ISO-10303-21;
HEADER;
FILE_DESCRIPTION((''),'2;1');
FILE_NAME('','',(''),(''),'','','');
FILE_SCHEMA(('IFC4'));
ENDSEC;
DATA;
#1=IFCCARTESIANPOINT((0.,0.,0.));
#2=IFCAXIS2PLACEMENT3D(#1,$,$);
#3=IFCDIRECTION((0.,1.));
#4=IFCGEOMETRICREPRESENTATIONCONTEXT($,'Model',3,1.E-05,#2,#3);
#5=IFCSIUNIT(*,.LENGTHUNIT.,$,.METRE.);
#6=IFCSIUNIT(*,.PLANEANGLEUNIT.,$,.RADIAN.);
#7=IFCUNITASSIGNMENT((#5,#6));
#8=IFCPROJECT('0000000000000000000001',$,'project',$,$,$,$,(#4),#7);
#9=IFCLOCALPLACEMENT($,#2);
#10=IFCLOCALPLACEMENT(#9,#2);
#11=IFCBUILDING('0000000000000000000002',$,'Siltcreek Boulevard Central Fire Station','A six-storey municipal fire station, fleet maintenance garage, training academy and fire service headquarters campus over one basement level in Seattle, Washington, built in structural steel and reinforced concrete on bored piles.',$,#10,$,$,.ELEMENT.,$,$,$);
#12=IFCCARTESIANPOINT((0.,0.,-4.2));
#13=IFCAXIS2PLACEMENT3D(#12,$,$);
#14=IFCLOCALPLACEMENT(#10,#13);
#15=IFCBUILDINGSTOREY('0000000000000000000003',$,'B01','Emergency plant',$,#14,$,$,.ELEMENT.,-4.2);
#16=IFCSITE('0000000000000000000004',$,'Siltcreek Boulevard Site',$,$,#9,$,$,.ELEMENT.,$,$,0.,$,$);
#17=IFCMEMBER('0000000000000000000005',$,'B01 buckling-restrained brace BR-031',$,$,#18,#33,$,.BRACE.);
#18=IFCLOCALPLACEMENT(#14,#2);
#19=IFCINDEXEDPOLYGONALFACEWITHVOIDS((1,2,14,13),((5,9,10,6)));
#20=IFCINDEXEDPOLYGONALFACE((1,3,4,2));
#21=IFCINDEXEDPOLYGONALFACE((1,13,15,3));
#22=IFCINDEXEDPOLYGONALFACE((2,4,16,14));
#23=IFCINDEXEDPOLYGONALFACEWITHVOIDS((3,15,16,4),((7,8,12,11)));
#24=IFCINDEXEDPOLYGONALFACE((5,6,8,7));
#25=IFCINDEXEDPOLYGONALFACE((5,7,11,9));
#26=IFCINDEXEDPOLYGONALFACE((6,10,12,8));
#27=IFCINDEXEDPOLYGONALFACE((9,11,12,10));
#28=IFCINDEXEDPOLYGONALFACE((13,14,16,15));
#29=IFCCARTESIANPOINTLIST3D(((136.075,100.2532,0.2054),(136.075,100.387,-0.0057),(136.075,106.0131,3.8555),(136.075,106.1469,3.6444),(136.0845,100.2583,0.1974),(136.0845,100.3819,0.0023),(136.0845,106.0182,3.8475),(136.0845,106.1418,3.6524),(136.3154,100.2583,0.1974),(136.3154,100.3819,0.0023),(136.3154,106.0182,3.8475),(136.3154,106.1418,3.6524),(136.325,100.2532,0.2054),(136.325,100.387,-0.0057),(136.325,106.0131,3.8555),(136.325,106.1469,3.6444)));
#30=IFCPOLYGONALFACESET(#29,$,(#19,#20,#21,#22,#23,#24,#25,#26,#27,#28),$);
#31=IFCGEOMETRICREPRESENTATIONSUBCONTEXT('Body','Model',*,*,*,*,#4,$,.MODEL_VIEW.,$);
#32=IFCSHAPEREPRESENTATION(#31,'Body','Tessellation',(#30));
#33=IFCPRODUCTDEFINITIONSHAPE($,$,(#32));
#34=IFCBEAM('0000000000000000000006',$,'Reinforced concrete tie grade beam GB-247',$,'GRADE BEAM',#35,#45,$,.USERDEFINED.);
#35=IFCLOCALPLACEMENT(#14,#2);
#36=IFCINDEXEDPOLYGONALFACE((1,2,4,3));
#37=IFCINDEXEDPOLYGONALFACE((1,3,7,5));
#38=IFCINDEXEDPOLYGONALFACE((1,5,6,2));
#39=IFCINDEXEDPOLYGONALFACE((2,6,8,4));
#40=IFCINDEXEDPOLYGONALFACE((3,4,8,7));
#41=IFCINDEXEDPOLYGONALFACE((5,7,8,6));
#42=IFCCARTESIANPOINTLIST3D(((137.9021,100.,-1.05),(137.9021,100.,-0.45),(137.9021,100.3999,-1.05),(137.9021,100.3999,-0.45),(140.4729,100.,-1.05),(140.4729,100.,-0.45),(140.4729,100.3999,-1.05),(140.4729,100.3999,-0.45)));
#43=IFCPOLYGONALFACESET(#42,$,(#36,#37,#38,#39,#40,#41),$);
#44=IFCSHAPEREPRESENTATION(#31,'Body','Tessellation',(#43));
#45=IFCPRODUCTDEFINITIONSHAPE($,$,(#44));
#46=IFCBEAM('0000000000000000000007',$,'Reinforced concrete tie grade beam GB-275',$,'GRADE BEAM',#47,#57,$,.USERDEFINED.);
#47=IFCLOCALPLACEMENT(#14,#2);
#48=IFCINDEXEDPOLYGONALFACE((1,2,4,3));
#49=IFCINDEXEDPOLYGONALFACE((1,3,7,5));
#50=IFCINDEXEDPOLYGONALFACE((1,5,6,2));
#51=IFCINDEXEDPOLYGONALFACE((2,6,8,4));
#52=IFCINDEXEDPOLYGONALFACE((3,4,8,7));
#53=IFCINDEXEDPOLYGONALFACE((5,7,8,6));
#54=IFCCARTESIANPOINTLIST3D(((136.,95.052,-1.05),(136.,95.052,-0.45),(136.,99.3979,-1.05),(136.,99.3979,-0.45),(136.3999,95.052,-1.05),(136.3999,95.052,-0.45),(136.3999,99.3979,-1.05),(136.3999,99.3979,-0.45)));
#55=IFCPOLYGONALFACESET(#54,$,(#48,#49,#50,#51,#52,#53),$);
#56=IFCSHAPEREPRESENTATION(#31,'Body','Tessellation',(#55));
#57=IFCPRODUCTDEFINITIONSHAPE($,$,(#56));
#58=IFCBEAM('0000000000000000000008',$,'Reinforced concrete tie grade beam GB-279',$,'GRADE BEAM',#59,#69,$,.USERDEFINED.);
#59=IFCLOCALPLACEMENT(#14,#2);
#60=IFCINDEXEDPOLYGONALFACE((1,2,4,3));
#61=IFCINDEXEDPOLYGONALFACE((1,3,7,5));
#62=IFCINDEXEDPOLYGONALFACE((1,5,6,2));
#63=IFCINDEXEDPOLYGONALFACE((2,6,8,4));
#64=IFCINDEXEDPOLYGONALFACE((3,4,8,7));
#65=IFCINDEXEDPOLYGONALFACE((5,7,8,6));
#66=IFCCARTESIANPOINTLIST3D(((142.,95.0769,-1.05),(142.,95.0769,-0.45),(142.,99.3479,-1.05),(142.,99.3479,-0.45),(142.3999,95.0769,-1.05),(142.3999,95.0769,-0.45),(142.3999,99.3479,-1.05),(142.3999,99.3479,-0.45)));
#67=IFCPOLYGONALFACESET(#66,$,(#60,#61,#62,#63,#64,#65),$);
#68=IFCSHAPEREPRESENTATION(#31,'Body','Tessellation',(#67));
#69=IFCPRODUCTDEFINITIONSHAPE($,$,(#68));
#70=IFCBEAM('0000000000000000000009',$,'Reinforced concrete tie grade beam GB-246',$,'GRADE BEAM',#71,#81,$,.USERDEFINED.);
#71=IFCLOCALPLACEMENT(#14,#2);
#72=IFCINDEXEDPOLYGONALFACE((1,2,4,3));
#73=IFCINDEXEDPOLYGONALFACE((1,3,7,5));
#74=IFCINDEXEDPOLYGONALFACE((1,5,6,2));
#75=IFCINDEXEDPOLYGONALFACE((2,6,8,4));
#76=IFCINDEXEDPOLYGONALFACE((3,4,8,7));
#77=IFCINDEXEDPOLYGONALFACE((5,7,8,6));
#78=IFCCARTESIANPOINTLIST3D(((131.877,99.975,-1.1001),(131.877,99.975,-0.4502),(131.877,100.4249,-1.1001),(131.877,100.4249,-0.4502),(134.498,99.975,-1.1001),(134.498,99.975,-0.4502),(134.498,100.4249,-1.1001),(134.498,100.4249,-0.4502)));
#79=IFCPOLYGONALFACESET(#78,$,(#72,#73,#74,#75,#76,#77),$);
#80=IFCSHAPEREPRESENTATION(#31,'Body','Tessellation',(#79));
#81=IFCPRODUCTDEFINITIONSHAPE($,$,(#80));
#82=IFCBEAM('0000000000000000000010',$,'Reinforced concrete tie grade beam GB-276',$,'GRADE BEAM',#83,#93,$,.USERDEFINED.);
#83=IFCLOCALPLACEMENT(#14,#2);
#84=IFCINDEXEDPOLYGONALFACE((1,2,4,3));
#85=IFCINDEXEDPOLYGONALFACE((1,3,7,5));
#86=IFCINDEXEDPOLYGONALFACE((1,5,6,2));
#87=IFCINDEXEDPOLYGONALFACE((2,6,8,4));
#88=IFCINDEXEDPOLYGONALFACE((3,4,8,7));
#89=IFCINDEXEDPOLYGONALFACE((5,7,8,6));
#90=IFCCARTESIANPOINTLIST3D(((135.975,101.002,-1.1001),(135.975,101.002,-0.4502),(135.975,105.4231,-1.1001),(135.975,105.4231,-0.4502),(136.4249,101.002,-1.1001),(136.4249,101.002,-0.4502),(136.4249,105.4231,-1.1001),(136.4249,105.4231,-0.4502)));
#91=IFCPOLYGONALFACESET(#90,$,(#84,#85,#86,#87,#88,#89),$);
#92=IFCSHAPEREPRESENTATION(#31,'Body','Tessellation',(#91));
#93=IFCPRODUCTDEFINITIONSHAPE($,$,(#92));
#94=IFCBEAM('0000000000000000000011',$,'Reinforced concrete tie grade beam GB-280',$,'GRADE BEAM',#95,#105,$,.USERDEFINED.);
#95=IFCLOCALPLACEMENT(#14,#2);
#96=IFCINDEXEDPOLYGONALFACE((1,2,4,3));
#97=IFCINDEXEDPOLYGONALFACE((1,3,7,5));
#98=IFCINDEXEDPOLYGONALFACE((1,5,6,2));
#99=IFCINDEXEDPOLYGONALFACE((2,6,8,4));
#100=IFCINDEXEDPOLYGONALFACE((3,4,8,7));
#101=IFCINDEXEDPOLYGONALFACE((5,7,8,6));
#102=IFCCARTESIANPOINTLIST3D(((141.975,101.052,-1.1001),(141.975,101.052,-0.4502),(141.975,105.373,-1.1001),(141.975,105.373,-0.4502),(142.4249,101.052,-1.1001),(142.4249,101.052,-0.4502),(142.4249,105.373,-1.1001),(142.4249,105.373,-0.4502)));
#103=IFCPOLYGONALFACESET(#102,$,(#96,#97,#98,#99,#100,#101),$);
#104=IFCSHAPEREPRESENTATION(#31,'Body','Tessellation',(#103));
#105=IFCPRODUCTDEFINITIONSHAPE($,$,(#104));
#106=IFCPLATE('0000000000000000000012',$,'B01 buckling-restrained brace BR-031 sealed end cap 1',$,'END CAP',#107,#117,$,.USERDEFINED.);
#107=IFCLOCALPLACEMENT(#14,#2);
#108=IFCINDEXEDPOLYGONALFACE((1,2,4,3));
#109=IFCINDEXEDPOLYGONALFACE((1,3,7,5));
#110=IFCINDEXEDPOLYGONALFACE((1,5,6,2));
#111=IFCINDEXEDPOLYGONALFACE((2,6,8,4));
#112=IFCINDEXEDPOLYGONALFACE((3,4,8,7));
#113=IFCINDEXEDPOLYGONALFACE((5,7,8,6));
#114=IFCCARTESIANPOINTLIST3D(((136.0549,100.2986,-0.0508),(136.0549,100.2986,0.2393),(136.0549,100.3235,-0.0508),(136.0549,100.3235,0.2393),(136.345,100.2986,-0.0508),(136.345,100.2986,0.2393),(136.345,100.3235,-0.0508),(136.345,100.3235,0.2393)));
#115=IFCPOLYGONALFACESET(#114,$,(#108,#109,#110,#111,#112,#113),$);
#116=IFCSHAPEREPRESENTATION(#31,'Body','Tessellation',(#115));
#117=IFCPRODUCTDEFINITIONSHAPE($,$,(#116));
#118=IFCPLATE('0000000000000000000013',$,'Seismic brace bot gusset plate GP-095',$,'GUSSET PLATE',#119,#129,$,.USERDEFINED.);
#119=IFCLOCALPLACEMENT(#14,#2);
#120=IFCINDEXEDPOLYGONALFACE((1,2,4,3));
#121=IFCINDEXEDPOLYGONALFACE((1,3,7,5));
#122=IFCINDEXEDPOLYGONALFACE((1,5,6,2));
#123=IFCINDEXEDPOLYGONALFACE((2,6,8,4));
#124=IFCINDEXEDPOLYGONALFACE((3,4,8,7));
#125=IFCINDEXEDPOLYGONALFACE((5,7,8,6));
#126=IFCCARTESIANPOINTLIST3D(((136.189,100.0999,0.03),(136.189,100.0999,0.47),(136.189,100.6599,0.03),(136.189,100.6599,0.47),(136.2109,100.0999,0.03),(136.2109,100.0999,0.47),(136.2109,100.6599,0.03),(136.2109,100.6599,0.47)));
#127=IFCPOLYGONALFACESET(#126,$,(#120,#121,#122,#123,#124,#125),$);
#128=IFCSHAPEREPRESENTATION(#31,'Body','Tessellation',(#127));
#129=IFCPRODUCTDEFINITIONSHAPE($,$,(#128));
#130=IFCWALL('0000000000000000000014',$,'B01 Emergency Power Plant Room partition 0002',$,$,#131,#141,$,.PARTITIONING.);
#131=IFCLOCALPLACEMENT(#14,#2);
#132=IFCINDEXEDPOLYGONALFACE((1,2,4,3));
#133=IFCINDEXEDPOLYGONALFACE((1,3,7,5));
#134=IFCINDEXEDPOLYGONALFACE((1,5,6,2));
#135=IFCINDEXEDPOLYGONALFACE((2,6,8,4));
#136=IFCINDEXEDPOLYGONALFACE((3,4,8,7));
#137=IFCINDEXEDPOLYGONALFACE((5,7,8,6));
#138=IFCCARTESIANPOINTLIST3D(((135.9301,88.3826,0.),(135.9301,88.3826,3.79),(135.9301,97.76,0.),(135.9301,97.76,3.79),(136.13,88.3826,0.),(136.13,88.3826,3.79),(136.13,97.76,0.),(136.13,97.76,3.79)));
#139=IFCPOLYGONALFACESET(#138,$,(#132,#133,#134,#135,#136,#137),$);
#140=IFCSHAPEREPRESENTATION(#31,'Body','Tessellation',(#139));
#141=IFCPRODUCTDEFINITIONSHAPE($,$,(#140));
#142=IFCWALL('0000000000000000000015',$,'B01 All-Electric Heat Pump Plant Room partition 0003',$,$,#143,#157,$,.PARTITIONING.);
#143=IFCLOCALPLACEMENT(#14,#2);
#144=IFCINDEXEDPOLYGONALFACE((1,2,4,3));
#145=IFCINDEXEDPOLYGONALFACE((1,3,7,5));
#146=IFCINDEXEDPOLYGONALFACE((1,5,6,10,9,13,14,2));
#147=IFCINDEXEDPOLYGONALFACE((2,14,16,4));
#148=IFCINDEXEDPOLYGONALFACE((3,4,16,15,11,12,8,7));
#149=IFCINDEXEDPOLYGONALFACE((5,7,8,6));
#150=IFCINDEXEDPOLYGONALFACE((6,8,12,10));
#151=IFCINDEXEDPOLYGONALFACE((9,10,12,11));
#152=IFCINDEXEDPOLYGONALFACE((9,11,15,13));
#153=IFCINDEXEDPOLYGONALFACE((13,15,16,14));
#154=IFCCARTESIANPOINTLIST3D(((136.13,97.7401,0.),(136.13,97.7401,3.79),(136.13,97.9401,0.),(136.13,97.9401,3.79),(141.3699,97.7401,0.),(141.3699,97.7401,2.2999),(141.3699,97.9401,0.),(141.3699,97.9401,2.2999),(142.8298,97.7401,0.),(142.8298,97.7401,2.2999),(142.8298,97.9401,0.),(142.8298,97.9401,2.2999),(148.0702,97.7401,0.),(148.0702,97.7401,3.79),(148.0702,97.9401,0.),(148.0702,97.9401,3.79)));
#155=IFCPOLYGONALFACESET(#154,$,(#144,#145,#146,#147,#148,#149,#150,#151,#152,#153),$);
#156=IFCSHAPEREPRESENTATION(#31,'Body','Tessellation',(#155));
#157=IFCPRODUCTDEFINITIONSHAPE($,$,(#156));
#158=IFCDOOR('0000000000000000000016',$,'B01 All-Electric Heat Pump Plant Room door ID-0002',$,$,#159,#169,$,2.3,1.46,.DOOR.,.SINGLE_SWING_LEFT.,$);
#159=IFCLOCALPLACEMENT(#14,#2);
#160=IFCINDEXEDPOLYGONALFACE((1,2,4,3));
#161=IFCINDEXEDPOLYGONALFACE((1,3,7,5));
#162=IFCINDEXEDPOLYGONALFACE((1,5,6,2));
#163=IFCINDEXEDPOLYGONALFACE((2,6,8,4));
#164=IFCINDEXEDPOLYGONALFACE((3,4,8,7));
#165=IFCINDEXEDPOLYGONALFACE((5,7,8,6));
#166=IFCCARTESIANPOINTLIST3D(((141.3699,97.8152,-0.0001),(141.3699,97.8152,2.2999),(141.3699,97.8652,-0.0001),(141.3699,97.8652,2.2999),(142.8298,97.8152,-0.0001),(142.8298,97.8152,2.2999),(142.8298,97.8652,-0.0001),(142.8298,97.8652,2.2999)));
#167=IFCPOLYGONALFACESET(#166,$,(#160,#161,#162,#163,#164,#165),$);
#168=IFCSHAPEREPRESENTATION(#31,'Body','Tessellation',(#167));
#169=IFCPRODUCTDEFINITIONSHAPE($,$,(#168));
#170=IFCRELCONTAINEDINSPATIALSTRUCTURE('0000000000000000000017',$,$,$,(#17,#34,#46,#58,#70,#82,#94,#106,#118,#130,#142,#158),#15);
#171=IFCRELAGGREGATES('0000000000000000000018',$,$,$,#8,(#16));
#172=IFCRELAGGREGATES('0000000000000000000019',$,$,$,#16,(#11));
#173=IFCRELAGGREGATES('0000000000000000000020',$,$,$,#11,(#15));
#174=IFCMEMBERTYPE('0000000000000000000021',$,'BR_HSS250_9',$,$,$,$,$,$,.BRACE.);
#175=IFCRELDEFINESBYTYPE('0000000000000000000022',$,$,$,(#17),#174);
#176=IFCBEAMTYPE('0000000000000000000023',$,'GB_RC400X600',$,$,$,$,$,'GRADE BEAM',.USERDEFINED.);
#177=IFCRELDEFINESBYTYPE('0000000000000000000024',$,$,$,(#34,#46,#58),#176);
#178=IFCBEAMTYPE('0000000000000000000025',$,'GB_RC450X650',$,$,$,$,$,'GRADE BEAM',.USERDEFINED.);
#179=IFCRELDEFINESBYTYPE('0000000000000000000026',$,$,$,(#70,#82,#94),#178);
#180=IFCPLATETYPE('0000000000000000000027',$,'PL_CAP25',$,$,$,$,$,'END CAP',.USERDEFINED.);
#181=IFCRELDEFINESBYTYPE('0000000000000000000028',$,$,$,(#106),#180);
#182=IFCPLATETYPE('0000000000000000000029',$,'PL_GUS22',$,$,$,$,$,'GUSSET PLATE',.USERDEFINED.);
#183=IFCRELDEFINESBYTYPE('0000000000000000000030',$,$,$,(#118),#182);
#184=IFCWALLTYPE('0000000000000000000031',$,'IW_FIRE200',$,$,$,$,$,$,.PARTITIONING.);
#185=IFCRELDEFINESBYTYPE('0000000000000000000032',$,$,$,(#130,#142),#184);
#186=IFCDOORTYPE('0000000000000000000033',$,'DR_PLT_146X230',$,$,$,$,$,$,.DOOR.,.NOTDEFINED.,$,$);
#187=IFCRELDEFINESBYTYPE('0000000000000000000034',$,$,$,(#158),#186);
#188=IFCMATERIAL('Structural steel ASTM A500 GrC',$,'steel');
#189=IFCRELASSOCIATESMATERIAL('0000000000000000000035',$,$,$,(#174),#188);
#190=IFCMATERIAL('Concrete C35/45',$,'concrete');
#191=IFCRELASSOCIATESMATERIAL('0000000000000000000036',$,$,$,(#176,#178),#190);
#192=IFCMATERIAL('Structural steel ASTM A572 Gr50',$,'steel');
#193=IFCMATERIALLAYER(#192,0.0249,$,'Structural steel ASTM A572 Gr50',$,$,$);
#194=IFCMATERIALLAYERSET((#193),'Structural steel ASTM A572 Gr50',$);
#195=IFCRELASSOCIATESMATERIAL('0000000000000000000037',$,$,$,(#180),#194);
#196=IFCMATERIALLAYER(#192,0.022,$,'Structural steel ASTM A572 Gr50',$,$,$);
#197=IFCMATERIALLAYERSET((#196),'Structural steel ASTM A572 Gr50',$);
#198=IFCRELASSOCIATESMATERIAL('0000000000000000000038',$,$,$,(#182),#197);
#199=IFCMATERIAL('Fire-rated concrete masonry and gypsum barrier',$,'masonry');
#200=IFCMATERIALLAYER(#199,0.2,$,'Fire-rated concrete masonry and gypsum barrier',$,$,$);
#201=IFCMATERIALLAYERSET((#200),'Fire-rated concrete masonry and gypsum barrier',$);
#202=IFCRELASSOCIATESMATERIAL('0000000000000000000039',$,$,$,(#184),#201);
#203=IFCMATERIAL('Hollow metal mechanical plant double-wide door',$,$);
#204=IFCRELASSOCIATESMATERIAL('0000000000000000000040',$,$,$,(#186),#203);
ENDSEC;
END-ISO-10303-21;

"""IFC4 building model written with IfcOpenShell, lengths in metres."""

from ifc_helpers import new_model, si_unit, direction, frame, frame_2d, origin, origin_2d, place, context, subcontext, project, spatial, rectangle, hollow_rectangle, extrude, material, layer, layer_set, material_profile, profile_set, type_object, element, fill, save


model = new_model("IFC4")

# Units and contexts
model_context = context("Model", 3, precision=1e-05, world=origin(), true_north=direction((0.0, 1.0)))
body_context = subcontext(model_context, "Body", "Model", "MODEL_VIEW")
ifc_project = project(units=[si_unit("LENGTHUNIT", "METRE"), si_unit("PLANEANGLEUNIT", "RADIAN")], contexts=[model_context])

# Site, building, storey
site_placement = place(None, origin())
site = spatial("IfcSite", under=ifc_project, at=site_placement, Name="Siltcreek Boulevard Site", CompositionType="ELEMENT", RefElevation=0.0)
building_placement = place(site_placement, origin())
building = spatial("IfcBuilding", under=site, at=building_placement, Name="Siltcreek Boulevard Central Fire Station", Description="A six-storey municipal fire station, fleet maintenance garage, training academy and fire service headquarters campus over one basement level in Seattle, Washington, built in structural steel and reinforced concrete on bored piles.", CompositionType="ELEMENT")
storey_placement = place(building_placement, frame((0.0, 0.0, -4.2)))
storey = spatial("IfcBuildingStorey", under=building, at=storey_placement, Name="B01", Description="Emergency plant", CompositionType="ELEMENT", Elevation=-4.2)

# Shared definitions
ifc_material_1 = material(Name="Concrete C35/45", Category="concrete")

# Member
ifc_material_2 = material(Name="Structural steel ASTM A500 GrC", Category="steel")
ifc_material_profile_1 = material_profile(ifc_material_2, hollow_rectangle(XDim=0.25, YDim=0.25, WallThickness=0.0095, at=origin_2d()), Name="HSS250X250X9.5")
ifc_profile_set_1 = profile_set([ifc_material_profile_1], Name="Structural steel ASTM A500 GrC")
member_type = type_object("IfcMemberType", Name="BR_HSS250_9", PredefinedType="BRACE", material=ifc_profile_set_1)
member_placement = place(storey_placement, frame((136.2, 100.3201, 0.0999), z_axis=(0.0, 0.844677, 0.535276), x_axis=(-1.0, 0.0, 0.0)))
element("IfcMember", 1, at=member_placement, inside=storey, type_object=member_type, Name="B01 buckling-restrained brace BR-031", PredefinedType="BRACE", context=body_context, shape_type="SweptSolid", body=[
    extrude(hollow_rectangle(XDim=0.25, YDim=0.25, WallThickness=0.0095, at=origin_2d()), origin(), (0.0, 0.0, 1.0), 6.8191),
])

# Beams
ifc_material_profile_2 = material_profile(ifc_material_1, rectangle(XDim=0.3999, YDim=0.6001, at=origin_2d()), Name="RC400X600")
ifc_profile_set_2 = profile_set([ifc_material_profile_2], Name="Concrete C35/45")
beam_type_1 = type_object("IfcBeamType", Name="GB_RC400X600", ElementType="GRADE BEAM", PredefinedType="USERDEFINED", material=ifc_profile_set_2)
beam_1_placement = place(storey_placement, frame((137.9021, 100.2, -0.75), z_axis=(1.0, 0.0, 0.0), x_axis=(0.0, 1.0, 0.0)))
element("IfcBeam", 2, at=beam_1_placement, inside=storey, type_object=beam_type_1, Name="Reinforced concrete tie grade beam GB-247", ObjectType="GRADE BEAM", PredefinedType="USERDEFINED", context=body_context, shape_type="SweptSolid", body=[
    extrude(rectangle(XDim=0.3999, YDim=0.6001, at=origin_2d()), origin(), (0.0, 0.0, 1.0), 2.5708),
])
beam_2_placement = place(storey_placement, frame((136.2, 95.052, -0.75), z_axis=(0.0, 1.0, 0.0), x_axis=(-1.0, 0.0, 0.0)))
element("IfcBeam", 3, at=beam_2_placement, inside=storey, type_object=beam_type_1, Name="Reinforced concrete tie grade beam GB-275", ObjectType="GRADE BEAM", PredefinedType="USERDEFINED", context=body_context, shape_type="SweptSolid", body=[
    extrude(rectangle(XDim=0.3999, YDim=0.6001, at=origin_2d()), origin(), (0.0, 0.0, 1.0), 4.3459),
])
beam_3_placement = place(storey_placement, frame((142.2, 95.0769, -0.75), z_axis=(0.0, 1.0, 0.0), x_axis=(-1.0, 0.0, 0.0)))
element("IfcBeam", 4, at=beam_3_placement, inside=storey, type_object=beam_type_1, Name="Reinforced concrete tie grade beam GB-279", ObjectType="GRADE BEAM", PredefinedType="USERDEFINED", context=body_context, shape_type="SweptSolid", body=[
    extrude(rectangle(XDim=0.3999, YDim=0.6001, at=origin_2d()), origin(), (0.0, 0.0, 1.0), 4.271),
])
ifc_material_profile_3 = material_profile(ifc_material_1, rectangle(XDim=0.45, YDim=0.6499, at=origin_2d()), Name="RC450X650")
ifc_profile_set_3 = profile_set([ifc_material_profile_3], Name="Concrete C35/45")
beam_type_2 = type_object("IfcBeamType", Name="GB_RC450X650", ElementType="GRADE BEAM", PredefinedType="USERDEFINED", material=ifc_profile_set_3)
beam_4_placement = place(storey_placement, frame((131.877, 100.2, -0.7751), z_axis=(1.0, 0.0, 0.0), x_axis=(0.0, 1.0, 0.0)))
element("IfcBeam", 5, at=beam_4_placement, inside=storey, type_object=beam_type_2, Name="Reinforced concrete tie grade beam GB-246", ObjectType="GRADE BEAM", PredefinedType="USERDEFINED", context=body_context, shape_type="SweptSolid", body=[
    extrude(rectangle(XDim=0.45, YDim=0.6499, at=origin_2d()), origin(), (0.0, 0.0, 1.0), 2.6211),
])
beam_5_placement = place(storey_placement, frame((136.2, 101.002, -0.7751), z_axis=(0.0, 1.0, 0.0), x_axis=(-1.0, 0.0, 0.0)))
element("IfcBeam", 6, at=beam_5_placement, inside=storey, type_object=beam_type_2, Name="Reinforced concrete tie grade beam GB-276", ObjectType="GRADE BEAM", PredefinedType="USERDEFINED", context=body_context, shape_type="SweptSolid", body=[
    extrude(rectangle(XDim=0.45, YDim=0.6499, at=origin_2d()), origin(), (0.0, 0.0, 1.0), 4.4211),
])
beam_6_placement = place(storey_placement, frame((142.2, 101.052, -0.7751), z_axis=(0.0, 1.0, 0.0), x_axis=(-1.0, 0.0, 0.0)))
element("IfcBeam", 7, at=beam_6_placement, inside=storey, type_object=beam_type_2, Name="Reinforced concrete tie grade beam GB-280", ObjectType="GRADE BEAM", PredefinedType="USERDEFINED", context=body_context, shape_type="SweptSolid", body=[
    extrude(rectangle(XDim=0.45, YDim=0.6499, at=origin_2d()), origin(), (0.0, 0.0, 1.0), 4.321),
])

# Plates
ifc_material_3 = material(Name="Structural steel ASTM A572 Gr50", Category="steel")
ifc_layer_1 = layer(ifc_material_3, 0.0249, Name="Structural steel ASTM A572 Gr50")
ifc_layer_set_1 = layer_set([ifc_layer_1], Name="Structural steel ASTM A572 Gr50")
plate_type_1 = type_object("IfcPlateType", Name="PL_CAP25", ElementType="END CAP", PredefinedType="USERDEFINED", material=ifc_layer_set_1)
plate_1_placement = place(storey_placement, frame((136.2, 100.311, -0.0508), z_axis=(0.0, 0.0, 1.0), x_axis=(0.0, 1.0, 0.0)))
element("IfcPlate", 8, at=plate_1_placement, inside=storey, type_object=plate_type_1, Name="B01 buckling-restrained brace BR-031 sealed end cap 1", ObjectType="END CAP", PredefinedType="USERDEFINED", context=body_context, shape_type="SweptSolid", body=[
    extrude(rectangle(XDim=0.0249, YDim=0.29, at=origin_2d()), origin(), (0.0, 0.0, 1.0), 0.29),
])
ifc_layer_2 = layer(ifc_material_3, 0.022, Name="Structural steel ASTM A572 Gr50")
ifc_layer_set_2 = layer_set([ifc_layer_2], Name="Structural steel ASTM A572 Gr50")
plate_type_2 = type_object("IfcPlateType", Name="PL_GUS22", ElementType="GUSSET PLATE", PredefinedType="USERDEFINED", material=ifc_layer_set_2)
plate_2_placement = place(storey_placement, frame((136.2, 100.3799, 0.03), z_axis=(0.0, 0.0, 1.0), x_axis=(0.0, 1.0, 0.0)))
element("IfcPlate", 9, at=plate_2_placement, inside=storey, type_object=plate_type_2, Name="Seismic brace bot gusset plate GP-095", ObjectType="GUSSET PLATE", PredefinedType="USERDEFINED", context=body_context, shape_type="SweptSolid", body=[
    extrude(rectangle(XDim=0.5601, YDim=0.022, at=origin_2d()), origin(), (0.0, 0.0, 1.0), 0.4399),
])

# Wall
ifc_material_4 = material(Name="Fire-rated concrete masonry and gypsum barrier", Category="masonry")
ifc_layer_3 = layer(ifc_material_4, 0.2, Name="Fire-rated concrete masonry and gypsum barrier")
ifc_layer_set_3 = layer_set([ifc_layer_3], Name="Fire-rated concrete masonry and gypsum barrier")
wall_type_1 = type_object("IfcWallType", Name="IW_FIRE200", PredefinedType="PARTITIONING", material=ifc_layer_set_3)
wall_1_placement = place(storey_placement, frame((136.03, 97.76, 0.0), z_axis=(0.0, 0.0, 1.0), x_axis=(0.0, -1.0, 0.0)))
element("IfcWall", 10, at=wall_1_placement, inside=storey, type_object=wall_type_1, Name="B01 Emergency Power Plant Room partition 0002", PredefinedType="PARTITIONING", context=body_context, shape_type="SweptSolid", body=[
    extrude(rectangle(XDim=9.3774, YDim=0.2, at=frame_2d((4.6887, 0.0))), origin(), (0.0, 0.0, 1.0), 3.79),
])

# Wall, opening, door
wall_2_placement = place(storey_placement, frame((136.1299, 97.8401, 0.0), z_axis=(0.0, 0.0, 1.0), x_axis=(1.0, 0.0, 0.0)))
wall_2 = element("IfcWall", 11, at=wall_2_placement, inside=storey, type_object=wall_type_1, Name="B01 All-Electric Heat Pump Plant Room partition 0003", PredefinedType="PARTITIONING", context=body_context, shape_type="SweptSolid", body=[
    extrude(rectangle(XDim=11.9402, YDim=0.2, at=frame_2d((5.9702, 0.0))), origin(), (0.0, 0.0, 1.0), 3.79),
])
opening_1_placement = place(wall_2_placement, frame((5.24, 0.0, 0.0)))
opening_1 = element("IfcOpeningElement", 12, at=opening_1_placement, cuts=wall_2, PredefinedType="OPENING", context=body_context, shape_type="SweptSolid", body=[
    extrude(rectangle(XDim=1.46, YDim=2.3, at=frame_2d((0.73, 1.1499))), frame((0.0, 0.1099, 0.0), z_axis=(0.0, -1.0, 0.0), x_axis=(1.0, 0.0, 0.0)), (0.0, 0.0, 1.0), 0.22),
])
ifc_material_5 = material(Name="Hollow metal mechanical plant double-wide door")
door_type_1 = type_object("IfcDoorType", Name="DR_PLT_146X230", OperationType="NOTDEFINED", PredefinedType="DOOR", material=ifc_material_5)
door_1_placement = place(opening_1_placement, frame((1.46, 0.0, 0.0), z_axis=(0.0, 0.0, 1.0), x_axis=(-1.0, 0.0, 0.0)))
door_1 = element("IfcDoor", 13, at=door_1_placement, inside=storey, type_object=door_type_1, Name="B01 All-Electric Heat Pump Plant Room door ID-0002", OperationType="SINGLE_SWING_LEFT", OverallHeight=2.3, OverallWidth=1.46, PredefinedType="DOOR", context=body_context, shape_type="SweptSolid", body=[
    extrude(rectangle(XDim=1.46, YDim=2.3, at=frame_2d((0.73, 1.1499))), frame((0.0, 0.0249, 0.0), z_axis=(0.0, -1.0, 0.0), x_axis=(1.0, 0.0, 0.0)), (0.0, 0.0, 1.0), 0.05),
])
fill(opening_1, door_1)

save(model, "model.ifc")
